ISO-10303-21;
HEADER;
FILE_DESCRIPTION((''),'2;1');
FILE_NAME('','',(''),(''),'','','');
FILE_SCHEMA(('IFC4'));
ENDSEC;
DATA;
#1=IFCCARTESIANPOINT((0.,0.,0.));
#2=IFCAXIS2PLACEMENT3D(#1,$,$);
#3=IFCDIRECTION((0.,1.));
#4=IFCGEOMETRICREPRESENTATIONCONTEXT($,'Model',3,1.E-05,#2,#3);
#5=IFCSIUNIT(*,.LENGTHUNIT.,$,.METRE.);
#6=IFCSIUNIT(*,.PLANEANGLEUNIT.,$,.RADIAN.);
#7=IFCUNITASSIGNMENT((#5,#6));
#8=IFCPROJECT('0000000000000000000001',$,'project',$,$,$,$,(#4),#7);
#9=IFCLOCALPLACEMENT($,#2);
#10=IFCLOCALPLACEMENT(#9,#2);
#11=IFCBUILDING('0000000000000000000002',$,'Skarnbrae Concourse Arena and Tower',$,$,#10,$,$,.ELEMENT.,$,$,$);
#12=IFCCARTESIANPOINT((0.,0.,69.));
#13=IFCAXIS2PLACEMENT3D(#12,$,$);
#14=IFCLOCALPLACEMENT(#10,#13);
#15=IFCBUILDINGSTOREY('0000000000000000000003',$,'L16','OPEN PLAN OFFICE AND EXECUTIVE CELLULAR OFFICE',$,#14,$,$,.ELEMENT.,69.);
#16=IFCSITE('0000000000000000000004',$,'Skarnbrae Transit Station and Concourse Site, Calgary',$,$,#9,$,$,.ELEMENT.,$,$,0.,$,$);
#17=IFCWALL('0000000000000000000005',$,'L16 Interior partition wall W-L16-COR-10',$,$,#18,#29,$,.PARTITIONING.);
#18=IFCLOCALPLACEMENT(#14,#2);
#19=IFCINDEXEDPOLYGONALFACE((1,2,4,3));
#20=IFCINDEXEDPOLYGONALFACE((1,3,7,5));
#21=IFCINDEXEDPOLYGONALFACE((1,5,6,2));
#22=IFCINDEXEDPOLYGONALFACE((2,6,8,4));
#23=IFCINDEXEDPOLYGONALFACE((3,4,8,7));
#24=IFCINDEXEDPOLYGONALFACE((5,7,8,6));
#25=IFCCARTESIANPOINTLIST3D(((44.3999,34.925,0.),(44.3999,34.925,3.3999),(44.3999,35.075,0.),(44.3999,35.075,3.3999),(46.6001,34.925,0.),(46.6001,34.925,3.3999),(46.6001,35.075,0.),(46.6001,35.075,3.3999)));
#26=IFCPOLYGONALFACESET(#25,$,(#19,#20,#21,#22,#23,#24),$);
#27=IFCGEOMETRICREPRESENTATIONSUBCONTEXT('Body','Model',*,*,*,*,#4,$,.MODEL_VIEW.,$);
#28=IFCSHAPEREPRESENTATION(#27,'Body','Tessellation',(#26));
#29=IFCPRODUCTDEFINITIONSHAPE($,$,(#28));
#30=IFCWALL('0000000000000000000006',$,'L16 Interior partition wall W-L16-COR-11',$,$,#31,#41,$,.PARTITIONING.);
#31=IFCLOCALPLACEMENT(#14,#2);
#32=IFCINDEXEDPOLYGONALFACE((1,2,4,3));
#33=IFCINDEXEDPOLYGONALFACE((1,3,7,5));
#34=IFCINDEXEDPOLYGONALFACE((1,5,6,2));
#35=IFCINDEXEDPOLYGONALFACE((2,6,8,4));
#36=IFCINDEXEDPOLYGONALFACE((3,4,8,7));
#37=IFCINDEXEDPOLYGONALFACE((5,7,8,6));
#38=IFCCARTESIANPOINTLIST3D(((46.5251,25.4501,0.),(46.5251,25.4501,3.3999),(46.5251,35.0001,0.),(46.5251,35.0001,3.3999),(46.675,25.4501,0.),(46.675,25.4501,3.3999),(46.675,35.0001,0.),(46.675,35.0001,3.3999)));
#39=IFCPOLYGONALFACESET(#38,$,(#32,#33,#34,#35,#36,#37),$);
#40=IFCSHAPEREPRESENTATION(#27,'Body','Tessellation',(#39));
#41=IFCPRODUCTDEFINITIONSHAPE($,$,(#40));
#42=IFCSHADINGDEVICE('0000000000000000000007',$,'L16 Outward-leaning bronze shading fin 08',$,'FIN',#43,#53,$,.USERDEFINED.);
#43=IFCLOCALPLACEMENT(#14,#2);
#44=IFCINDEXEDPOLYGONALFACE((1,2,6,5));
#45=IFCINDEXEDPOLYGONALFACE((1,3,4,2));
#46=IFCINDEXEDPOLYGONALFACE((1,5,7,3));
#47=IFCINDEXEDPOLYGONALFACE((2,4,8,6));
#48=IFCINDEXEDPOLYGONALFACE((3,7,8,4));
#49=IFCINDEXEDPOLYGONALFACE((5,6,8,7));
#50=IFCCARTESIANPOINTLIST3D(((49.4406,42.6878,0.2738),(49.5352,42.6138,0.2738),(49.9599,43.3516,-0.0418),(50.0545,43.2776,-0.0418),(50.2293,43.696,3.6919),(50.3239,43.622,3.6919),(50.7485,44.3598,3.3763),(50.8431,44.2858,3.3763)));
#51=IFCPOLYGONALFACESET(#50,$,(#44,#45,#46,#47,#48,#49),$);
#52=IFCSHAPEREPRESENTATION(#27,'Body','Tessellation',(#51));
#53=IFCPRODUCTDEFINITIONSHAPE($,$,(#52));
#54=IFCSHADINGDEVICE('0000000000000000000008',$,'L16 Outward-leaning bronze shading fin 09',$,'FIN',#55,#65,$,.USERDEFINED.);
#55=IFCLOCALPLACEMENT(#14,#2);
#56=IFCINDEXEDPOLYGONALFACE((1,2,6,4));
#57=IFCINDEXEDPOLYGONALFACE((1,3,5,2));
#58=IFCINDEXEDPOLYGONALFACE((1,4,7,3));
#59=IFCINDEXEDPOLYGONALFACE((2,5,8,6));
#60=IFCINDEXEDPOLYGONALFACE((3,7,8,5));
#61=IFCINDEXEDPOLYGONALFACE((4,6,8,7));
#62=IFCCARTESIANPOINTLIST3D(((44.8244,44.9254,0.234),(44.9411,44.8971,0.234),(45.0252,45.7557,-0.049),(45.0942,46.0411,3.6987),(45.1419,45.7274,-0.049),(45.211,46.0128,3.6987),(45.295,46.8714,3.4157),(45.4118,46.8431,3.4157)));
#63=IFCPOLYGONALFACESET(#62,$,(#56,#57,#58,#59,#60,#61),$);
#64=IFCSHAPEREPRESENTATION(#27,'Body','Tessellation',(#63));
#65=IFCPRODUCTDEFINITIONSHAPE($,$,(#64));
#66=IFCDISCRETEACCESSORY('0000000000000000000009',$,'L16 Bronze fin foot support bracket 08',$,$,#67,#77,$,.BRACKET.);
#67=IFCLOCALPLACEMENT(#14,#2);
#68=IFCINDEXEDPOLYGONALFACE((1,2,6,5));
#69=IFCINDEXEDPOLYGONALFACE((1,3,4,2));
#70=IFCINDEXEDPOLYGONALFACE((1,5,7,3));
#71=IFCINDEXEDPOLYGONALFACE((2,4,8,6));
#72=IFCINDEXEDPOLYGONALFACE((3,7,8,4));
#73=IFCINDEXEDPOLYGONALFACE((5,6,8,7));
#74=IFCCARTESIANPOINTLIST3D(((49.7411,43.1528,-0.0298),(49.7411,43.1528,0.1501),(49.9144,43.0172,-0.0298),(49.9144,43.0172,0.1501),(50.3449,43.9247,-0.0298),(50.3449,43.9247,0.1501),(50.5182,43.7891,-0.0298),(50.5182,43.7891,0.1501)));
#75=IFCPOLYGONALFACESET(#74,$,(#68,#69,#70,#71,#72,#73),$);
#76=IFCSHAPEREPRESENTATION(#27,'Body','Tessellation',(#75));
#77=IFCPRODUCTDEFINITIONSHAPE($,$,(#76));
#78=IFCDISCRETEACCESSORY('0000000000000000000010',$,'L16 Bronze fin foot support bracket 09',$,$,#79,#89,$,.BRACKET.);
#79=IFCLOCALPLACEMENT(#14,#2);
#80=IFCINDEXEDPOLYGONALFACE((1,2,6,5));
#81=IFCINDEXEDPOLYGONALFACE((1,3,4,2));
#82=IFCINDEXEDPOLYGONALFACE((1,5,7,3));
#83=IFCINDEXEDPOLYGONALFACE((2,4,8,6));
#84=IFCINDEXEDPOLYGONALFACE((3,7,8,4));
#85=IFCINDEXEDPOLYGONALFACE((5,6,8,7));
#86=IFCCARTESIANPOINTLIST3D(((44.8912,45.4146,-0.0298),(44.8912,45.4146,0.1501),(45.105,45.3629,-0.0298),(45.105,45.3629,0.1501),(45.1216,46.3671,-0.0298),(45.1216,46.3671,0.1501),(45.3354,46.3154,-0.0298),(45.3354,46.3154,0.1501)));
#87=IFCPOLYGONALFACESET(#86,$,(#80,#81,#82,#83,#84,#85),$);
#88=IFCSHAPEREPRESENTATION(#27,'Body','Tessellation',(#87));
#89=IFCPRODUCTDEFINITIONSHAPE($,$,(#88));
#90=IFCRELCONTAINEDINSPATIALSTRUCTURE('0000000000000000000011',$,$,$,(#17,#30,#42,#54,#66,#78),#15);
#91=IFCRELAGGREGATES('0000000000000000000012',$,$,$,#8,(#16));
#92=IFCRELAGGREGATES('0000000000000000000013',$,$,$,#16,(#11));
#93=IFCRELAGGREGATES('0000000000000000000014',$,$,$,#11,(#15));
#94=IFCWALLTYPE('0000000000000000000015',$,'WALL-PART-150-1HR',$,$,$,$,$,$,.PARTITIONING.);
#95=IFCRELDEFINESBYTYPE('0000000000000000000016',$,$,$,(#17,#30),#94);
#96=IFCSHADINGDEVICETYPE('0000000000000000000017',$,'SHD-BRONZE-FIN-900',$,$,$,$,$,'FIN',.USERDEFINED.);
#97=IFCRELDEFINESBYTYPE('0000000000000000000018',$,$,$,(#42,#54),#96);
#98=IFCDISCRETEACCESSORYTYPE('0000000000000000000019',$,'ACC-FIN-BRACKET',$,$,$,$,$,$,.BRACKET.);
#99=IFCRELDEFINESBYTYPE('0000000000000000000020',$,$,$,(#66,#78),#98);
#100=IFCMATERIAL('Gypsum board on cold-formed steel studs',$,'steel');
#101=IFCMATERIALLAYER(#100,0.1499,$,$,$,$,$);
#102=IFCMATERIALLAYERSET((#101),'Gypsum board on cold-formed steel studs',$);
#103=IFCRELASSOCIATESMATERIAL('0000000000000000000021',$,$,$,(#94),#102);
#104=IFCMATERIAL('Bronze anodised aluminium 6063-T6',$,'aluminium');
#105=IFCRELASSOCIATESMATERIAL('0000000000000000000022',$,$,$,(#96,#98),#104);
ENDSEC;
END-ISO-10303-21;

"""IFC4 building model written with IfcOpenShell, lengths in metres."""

from ifc_helpers import new_model, si_unit, direction, frame, frame_2d, origin, origin_2d, place, context, subcontext, project, spatial, rectangle, extrude, source, transform, mapped, material, layer, layer_set, type_object, element, save


model = new_model("IFC4")

# Units and contexts
model_context = context("Model", 3, precision=1e-05, world=origin(), true_north=direction((0.0, 1.0)))
body_context = subcontext(model_context, "Body", "Model", "MODEL_VIEW")
ifc_project = project(units=[si_unit("LENGTHUNIT", "METRE"), si_unit("PLANEANGLEUNIT", "RADIAN")], contexts=[model_context])

# Site, building, storey
site_placement = place(None, origin())
site = spatial("IfcSite", under=ifc_project, at=site_placement, Name="Skarnbrae Transit Station and Concourse Site, Calgary", CompositionType="ELEMENT", RefElevation=0.0)
building_placement = place(site_placement, origin())
building = spatial("IfcBuilding", under=site, at=building_placement, Name="Skarnbrae Concourse Arena and Tower", CompositionType="ELEMENT")
storey_placement = place(building_placement, frame((0.0, 0.0, 69.0)))
storey = spatial("IfcBuildingStorey", under=building, at=storey_placement, Name="L16", Description="OPEN PLAN OFFICE AND EXECUTIVE CELLULAR OFFICE", CompositionType="ELEMENT", Elevation=69.0)

# Shared definitions
ifc_material_1 = material(Name="Bronze anodised aluminium 6063-T6", Category="aluminium")

# Walls
ifc_material_2 = material(Name="Gypsum board on cold-formed steel studs", Category="steel")
ifc_layer_1 = layer(ifc_material_2, 0.1499)
ifc_layer_set_1 = layer_set([ifc_layer_1], Name="Gypsum board on cold-formed steel studs")
wall_type_1 = type_object("IfcWallType", Name="WALL-PART-150-1HR", PredefinedType="PARTITIONING", material=ifc_layer_set_1)
shared_shape_1 = source(origin(), body_context, "Body", "SweptSolid", [
    extrude(rectangle(XDim=2.2002, YDim=0.1499, at=frame_2d((1.1001, 0.0))), origin(), (0.0, 0.0, 1.0), 3.3999),
])
wall_1_placement = place(storey_placement, frame((44.3999, 35.0, 0.0), z_axis=(0.0, 0.0, 1.0), x_axis=(1.0, 0.0, 0.0)))
element("IfcWall", 1, at=wall_1_placement, inside=storey, type_object=wall_type_1, Name="L16 Interior partition wall W-L16-COR-10", PredefinedType="PARTITIONING", context=body_context, shape_type="MappedRepresentation", body=[
    mapped(shared_shape_1, transform((0.0, 0.0, 0.0))),
])
shared_shape_2 = source(origin(), body_context, "Body", "SweptSolid", [
    extrude(rectangle(XDim=9.55, YDim=0.1499, at=frame_2d((4.7749, 0.0))), origin(), (0.0, 0.0, 1.0), 3.3999),
])
wall_2_placement = place(storey_placement, frame((46.6001, 35.0, 0.0), z_axis=(0.0, 0.0, 1.0), x_axis=(0.0, -1.0, 0.0)))
element("IfcWall", 2, at=wall_2_placement, inside=storey, type_object=wall_type_1, Name="L16 Interior partition wall W-L16-COR-11", PredefinedType="PARTITIONING", context=body_context, shape_type="MappedRepresentation", body=[
    mapped(shared_shape_2, transform((0.0, 0.0, 0.0))),
])

# Shading devices
shading_device_type = type_object("IfcShadingDeviceType", Name="SHD-BRONZE-FIN-900", ElementType="FIN", PredefinedType="USERDEFINED", material=ifc_material_1)
shared_shape_3 = source(origin(), body_context, "Body", "SweptSolid", [
    extrude(rectangle(XDim=0.1201, YDim=0.8999, at=origin_2d()), origin(), (0.0, 0.0, 1.0), 3.6499),
])
for number, where, z_axis, x_axis, name in (
    (3, (49.7476, 42.9827, 0.116), (0.21607, 0.276229, 0.936489), (0.787656, -0.616115, 0.0), "L16 Outward-leaning bronze shading fin 08"),
    (4, (44.9832, 45.3264, 0.0925), (0.073934, 0.305675, 0.949261), (0.971973, -0.235091, 0.0), "L16 Outward-leaning bronze shading fin 09"),
):
    element("IfcShadingDevice", number, at=place(storey_placement, frame(where, z_axis=z_axis, x_axis=x_axis)), inside=storey, type_object=shading_device_type, Name=name, ObjectType="FIN", PredefinedType="USERDEFINED", context=body_context, shape_type="MappedRepresentation", body=[
        mapped(shared_shape_3, transform((0.0, 0.0, 0.0))),
    ])

# Discrete accessories
discrete_accessory_type = type_object("IfcDiscreteAccessoryType", Name="ACC-FIN-BRACKET", PredefinedType="BRACKET", material=ifc_material_1)
shared_shape_4 = source(origin(), body_context, "Body", "SweptSolid", [
    extrude(rectangle(XDim=0.22, YDim=0.98, at=origin_2d()), origin(), (0.0, 0.0, 1.0), 0.1799),
])
for number, where, z_axis, x_axis, name in (
    (5, (50.1296, 43.4709, -0.0298), (0.0, 0.0, 1.0), (0.787656, -0.616115, 0.0), "L16 Bronze fin foot support bracket 08"),
    (6, (45.1133, 45.865, -0.0298), (0.0, 0.0, 1.0), (0.971973, -0.235091, 0.0), "L16 Bronze fin foot support bracket 09"),
):
    element("IfcDiscreteAccessory", number, at=place(storey_placement, frame(where, z_axis=z_axis, x_axis=x_axis)), inside=storey, type_object=discrete_accessory_type, Name=name, PredefinedType="BRACKET", context=body_context, shape_type="MappedRepresentation", body=[
        mapped(shared_shape_4, transform((0.0, 0.0, 0.0))),
    ])

save(model, "model.ifc")
